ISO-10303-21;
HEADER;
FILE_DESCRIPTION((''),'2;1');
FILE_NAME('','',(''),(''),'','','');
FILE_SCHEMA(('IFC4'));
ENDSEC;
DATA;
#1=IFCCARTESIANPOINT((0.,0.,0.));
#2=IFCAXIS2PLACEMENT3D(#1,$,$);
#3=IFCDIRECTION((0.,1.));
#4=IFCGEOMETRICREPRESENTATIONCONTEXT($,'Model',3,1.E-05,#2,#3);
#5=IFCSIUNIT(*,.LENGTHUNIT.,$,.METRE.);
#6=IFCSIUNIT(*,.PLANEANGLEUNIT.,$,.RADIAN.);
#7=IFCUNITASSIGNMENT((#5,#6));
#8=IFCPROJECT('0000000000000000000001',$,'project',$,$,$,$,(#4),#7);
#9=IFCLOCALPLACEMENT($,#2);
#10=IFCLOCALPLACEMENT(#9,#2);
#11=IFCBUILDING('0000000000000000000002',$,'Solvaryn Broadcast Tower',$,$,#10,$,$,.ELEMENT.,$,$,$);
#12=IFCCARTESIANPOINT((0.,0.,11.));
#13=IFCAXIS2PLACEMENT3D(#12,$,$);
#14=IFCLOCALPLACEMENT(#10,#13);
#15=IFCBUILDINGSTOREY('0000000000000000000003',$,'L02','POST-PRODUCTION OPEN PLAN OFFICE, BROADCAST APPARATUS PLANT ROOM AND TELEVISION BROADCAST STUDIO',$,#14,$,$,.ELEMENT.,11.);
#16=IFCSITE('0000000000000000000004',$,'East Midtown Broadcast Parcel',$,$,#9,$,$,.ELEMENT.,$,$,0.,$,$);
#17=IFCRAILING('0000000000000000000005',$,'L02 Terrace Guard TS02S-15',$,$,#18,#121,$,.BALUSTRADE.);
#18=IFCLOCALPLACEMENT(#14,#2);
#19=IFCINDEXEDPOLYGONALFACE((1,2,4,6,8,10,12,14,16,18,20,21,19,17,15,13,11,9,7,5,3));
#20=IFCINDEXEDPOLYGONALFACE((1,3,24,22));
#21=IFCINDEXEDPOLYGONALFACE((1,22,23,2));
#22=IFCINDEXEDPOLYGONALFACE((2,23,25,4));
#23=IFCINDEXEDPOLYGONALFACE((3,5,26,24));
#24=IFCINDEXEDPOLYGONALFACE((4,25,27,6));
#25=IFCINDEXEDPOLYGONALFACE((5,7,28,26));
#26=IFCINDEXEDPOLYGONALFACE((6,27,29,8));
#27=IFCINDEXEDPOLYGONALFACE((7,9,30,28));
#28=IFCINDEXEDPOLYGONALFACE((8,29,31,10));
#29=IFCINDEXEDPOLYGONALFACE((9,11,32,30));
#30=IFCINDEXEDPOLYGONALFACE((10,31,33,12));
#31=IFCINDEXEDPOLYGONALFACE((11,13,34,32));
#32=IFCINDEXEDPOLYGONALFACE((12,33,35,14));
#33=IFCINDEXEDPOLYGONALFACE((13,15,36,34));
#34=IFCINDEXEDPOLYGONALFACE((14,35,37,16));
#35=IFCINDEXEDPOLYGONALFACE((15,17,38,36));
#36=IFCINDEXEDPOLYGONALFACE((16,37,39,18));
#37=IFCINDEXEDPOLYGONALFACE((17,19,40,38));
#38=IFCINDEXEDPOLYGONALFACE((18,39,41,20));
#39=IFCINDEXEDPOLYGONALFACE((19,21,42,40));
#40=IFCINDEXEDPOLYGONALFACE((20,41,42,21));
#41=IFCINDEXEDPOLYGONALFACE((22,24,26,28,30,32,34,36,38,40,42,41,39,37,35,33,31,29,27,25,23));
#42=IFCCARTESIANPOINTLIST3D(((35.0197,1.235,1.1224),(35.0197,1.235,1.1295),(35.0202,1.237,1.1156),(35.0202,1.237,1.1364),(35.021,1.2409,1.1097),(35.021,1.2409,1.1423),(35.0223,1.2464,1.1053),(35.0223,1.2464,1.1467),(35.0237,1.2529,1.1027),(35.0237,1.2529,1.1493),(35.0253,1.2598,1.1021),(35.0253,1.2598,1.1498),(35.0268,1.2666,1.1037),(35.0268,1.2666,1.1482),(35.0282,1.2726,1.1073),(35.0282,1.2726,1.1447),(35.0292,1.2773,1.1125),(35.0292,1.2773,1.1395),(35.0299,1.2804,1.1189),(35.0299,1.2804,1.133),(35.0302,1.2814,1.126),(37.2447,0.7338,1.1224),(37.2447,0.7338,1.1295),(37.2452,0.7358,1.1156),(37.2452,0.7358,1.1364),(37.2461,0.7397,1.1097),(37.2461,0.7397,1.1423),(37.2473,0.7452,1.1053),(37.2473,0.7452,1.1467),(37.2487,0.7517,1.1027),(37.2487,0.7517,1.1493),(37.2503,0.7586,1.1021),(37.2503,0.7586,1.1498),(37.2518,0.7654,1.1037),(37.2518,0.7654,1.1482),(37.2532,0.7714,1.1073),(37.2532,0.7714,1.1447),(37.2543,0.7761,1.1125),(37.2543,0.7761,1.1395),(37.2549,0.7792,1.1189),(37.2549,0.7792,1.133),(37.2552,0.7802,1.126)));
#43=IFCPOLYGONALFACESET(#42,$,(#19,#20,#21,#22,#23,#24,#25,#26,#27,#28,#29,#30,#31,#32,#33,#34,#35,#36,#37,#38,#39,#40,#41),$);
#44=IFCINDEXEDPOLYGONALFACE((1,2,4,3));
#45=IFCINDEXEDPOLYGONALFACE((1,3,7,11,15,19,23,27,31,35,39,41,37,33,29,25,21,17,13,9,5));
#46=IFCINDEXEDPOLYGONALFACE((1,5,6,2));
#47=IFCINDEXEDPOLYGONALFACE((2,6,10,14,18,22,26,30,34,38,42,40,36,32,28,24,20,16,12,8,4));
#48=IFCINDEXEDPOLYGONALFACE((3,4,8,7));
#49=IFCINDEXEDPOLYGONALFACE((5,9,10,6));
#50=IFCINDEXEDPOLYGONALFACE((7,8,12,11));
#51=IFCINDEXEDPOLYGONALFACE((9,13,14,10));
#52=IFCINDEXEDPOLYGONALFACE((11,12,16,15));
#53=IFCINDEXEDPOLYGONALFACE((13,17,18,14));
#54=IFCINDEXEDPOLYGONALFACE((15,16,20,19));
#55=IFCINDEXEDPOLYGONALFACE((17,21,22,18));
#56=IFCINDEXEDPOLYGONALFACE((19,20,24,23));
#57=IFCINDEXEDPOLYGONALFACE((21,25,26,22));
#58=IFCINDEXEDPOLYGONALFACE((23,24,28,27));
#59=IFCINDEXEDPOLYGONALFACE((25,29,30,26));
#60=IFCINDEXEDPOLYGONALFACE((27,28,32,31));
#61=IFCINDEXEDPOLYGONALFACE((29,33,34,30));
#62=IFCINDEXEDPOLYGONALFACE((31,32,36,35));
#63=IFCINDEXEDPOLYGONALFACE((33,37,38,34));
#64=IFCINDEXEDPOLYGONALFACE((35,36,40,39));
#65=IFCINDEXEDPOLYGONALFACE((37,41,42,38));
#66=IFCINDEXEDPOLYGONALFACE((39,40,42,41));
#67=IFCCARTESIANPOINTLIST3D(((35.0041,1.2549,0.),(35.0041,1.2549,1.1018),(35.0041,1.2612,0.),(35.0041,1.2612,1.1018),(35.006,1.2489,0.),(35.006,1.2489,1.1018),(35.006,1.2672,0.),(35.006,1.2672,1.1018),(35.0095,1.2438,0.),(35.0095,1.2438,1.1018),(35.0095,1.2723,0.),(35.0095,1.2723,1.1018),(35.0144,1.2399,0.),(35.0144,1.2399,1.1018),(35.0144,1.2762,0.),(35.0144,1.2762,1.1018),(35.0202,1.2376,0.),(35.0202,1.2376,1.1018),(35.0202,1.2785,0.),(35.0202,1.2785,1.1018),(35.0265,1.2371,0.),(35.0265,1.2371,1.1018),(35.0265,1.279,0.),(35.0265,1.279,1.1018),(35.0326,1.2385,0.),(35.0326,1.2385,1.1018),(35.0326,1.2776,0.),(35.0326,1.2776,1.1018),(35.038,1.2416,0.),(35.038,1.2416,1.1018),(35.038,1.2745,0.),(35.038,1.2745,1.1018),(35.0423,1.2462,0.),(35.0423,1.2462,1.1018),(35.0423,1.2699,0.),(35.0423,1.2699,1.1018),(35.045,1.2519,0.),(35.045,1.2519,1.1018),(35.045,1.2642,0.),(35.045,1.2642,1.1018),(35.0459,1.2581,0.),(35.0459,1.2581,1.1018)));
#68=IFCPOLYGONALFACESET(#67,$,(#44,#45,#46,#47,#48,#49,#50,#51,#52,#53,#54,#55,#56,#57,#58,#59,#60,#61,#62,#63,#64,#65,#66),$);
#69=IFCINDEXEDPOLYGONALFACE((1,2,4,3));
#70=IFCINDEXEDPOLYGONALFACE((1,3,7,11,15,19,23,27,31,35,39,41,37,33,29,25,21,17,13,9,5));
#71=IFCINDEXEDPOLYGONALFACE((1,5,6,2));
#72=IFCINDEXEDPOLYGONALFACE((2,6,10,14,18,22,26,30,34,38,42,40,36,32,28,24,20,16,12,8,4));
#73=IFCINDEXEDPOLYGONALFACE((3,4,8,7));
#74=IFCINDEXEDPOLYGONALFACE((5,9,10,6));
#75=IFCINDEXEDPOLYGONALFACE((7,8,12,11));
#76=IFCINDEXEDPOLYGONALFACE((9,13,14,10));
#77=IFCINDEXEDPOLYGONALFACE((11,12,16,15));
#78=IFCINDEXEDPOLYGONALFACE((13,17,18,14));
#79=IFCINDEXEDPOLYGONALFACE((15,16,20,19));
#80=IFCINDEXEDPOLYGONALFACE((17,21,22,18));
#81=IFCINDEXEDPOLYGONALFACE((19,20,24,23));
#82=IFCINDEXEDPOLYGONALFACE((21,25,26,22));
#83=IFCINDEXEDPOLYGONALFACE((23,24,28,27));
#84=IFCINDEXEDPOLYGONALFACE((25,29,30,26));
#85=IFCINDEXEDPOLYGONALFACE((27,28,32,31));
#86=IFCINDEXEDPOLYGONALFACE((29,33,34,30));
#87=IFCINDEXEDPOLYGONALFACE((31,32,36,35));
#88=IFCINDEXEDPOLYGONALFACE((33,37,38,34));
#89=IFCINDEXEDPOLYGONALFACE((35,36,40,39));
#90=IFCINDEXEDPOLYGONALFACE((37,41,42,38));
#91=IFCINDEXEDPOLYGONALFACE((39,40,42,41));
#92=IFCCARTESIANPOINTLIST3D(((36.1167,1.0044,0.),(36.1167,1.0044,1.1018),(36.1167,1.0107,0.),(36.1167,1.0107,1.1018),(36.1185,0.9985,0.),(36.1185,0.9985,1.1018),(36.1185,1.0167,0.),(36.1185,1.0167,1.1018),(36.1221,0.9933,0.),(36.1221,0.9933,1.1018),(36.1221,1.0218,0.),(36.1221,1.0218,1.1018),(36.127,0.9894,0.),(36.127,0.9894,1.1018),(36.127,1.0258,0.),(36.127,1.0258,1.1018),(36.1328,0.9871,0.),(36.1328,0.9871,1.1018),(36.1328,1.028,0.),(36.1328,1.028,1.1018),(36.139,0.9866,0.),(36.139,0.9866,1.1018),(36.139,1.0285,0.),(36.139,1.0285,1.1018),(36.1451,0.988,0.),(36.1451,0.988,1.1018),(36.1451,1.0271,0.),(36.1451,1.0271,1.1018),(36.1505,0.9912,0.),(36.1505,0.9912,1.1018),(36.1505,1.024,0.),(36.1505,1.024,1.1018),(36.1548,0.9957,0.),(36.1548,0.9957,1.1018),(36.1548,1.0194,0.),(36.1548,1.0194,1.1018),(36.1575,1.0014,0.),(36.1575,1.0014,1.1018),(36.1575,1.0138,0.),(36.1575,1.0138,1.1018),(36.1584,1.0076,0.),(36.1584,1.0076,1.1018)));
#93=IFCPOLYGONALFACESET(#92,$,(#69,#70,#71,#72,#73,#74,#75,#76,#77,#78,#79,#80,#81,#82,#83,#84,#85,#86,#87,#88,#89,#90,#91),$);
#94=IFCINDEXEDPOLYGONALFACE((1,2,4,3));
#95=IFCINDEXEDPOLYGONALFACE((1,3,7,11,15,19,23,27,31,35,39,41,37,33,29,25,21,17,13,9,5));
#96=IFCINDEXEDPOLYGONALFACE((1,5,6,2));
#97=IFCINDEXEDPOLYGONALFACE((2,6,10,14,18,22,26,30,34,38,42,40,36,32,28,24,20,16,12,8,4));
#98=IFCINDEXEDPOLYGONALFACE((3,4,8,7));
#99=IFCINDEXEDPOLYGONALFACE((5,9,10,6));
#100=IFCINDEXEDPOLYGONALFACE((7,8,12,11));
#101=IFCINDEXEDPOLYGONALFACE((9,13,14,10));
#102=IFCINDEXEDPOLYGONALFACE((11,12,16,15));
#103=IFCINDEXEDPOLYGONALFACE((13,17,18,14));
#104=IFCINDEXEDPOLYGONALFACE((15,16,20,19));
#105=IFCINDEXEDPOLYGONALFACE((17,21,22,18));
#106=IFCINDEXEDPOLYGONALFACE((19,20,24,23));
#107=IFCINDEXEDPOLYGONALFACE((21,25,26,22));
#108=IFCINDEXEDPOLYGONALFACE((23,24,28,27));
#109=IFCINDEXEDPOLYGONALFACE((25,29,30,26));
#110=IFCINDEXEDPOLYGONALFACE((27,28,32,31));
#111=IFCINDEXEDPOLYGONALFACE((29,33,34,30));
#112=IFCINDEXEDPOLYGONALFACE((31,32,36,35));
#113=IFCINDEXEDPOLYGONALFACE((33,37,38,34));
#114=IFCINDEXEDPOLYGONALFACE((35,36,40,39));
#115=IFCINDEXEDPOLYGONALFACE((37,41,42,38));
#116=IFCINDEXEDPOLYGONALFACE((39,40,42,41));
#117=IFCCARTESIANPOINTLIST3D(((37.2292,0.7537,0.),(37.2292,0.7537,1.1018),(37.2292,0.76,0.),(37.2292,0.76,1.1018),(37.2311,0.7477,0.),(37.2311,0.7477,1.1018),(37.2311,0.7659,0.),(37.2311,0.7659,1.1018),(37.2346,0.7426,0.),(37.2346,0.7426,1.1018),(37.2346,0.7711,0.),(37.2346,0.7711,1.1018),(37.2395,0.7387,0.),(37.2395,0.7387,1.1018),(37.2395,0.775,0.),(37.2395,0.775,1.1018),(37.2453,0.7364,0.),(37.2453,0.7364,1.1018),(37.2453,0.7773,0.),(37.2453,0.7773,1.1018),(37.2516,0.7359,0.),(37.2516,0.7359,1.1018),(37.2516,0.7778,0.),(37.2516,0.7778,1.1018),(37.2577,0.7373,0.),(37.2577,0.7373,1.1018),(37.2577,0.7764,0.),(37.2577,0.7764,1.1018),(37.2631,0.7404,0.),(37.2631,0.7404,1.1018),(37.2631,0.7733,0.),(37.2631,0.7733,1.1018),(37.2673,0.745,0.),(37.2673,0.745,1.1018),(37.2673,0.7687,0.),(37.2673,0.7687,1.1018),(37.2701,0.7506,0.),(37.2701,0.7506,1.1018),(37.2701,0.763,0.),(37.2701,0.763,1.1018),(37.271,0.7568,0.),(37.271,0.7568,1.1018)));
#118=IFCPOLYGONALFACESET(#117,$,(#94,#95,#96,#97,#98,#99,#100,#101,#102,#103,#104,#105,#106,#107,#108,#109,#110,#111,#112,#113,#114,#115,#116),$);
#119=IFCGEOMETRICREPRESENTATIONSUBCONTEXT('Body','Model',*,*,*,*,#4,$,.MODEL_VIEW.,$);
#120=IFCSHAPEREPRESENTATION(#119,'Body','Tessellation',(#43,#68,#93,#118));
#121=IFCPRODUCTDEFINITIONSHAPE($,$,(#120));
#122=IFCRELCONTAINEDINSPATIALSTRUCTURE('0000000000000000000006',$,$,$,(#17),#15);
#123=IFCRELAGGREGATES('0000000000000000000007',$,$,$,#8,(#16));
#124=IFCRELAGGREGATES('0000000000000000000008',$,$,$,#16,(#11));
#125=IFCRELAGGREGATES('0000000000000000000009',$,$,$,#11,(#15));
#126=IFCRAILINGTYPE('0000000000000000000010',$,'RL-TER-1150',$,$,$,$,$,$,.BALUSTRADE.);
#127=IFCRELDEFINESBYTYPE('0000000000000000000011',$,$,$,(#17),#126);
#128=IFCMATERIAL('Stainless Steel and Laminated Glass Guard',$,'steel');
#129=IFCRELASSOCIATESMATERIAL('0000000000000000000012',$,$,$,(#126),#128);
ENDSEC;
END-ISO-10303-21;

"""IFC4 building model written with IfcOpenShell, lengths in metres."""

from ifc_helpers import new_model, si_unit, direction, frame, origin, origin_2d, place, context, subcontext, project, spatial, circle, extrude, material, type_object, element, save


model = new_model("IFC4")

# Units and contexts
model_context = context("Model", 3, precision=1e-05, world=origin(), true_north=direction((0.0, 1.0)))
body_context = subcontext(model_context, "Body", "Model", "MODEL_VIEW")
ifc_project = project(units=[si_unit("LENGTHUNIT", "METRE"), si_unit("PLANEANGLEUNIT", "RADIAN")], contexts=[model_context])

# Site, building, storey
site_placement = place(None, origin())
site = spatial("IfcSite", under=ifc_project, at=site_placement, Name="East Midtown Broadcast Parcel", CompositionType="ELEMENT", RefElevation=0.0)
building_placement = place(site_placement, origin())
building = spatial("IfcBuilding", under=site, at=building_placement, Name="Solvaryn Broadcast Tower", CompositionType="ELEMENT")
storey_placement = place(building_placement, frame((0.0, 0.0, 11.0)))
storey = spatial("IfcBuildingStorey", under=building, at=storey_placement, Name="L02", Description="POST-PRODUCTION OPEN PLAN OFFICE, BROADCAST APPARATUS PLANT ROOM AND TELEVISION BROADCAST STUDIO", CompositionType="ELEMENT", Elevation=11.0)

# Railing
ifc_material_1 = material(Name="Stainless Steel and Laminated Glass Guard", Category="steel")
railing_type = type_object("IfcRailingType", Name="RL-TER-1150", PredefinedType="BALUSTRADE", material=ifc_material_1)
railing_1_placement = place(storey_placement, frame((35.0249, 1.2581, 0.0)))
element("IfcRailing", 1, at=railing_1_placement, inside=storey, type_object=railing_type, Name="L02 Terrace Guard TS02S-15", PredefinedType="BALUSTRADE", context=body_context, shape_type="SweptSolid", body=[
    extrude(circle(Radius=0.0239, at=origin_2d()), frame((0.0, 0.0, 1.126), z_axis=(0.975556, -0.219752, 0.0), x_axis=(0.219752, 0.975556, 0.0)), (0.0, 0.0, 1.0), 2.2808),
    extrude(circle(Radius=0.021, at=origin_2d()), origin(), (0.0, 0.0, 1.0), 1.1018),
    extrude(circle(Radius=0.021, at=origin_2d()), frame((1.1125, -0.2505, 0.0)), (0.0, 0.0, 1.0), 1.1018),
    extrude(circle(Radius=0.021, at=origin_2d()), frame((2.2251, -0.5012, 0.0)), (0.0, 0.0, 1.0), 1.1018),
])

save(model, "model.ifc")
